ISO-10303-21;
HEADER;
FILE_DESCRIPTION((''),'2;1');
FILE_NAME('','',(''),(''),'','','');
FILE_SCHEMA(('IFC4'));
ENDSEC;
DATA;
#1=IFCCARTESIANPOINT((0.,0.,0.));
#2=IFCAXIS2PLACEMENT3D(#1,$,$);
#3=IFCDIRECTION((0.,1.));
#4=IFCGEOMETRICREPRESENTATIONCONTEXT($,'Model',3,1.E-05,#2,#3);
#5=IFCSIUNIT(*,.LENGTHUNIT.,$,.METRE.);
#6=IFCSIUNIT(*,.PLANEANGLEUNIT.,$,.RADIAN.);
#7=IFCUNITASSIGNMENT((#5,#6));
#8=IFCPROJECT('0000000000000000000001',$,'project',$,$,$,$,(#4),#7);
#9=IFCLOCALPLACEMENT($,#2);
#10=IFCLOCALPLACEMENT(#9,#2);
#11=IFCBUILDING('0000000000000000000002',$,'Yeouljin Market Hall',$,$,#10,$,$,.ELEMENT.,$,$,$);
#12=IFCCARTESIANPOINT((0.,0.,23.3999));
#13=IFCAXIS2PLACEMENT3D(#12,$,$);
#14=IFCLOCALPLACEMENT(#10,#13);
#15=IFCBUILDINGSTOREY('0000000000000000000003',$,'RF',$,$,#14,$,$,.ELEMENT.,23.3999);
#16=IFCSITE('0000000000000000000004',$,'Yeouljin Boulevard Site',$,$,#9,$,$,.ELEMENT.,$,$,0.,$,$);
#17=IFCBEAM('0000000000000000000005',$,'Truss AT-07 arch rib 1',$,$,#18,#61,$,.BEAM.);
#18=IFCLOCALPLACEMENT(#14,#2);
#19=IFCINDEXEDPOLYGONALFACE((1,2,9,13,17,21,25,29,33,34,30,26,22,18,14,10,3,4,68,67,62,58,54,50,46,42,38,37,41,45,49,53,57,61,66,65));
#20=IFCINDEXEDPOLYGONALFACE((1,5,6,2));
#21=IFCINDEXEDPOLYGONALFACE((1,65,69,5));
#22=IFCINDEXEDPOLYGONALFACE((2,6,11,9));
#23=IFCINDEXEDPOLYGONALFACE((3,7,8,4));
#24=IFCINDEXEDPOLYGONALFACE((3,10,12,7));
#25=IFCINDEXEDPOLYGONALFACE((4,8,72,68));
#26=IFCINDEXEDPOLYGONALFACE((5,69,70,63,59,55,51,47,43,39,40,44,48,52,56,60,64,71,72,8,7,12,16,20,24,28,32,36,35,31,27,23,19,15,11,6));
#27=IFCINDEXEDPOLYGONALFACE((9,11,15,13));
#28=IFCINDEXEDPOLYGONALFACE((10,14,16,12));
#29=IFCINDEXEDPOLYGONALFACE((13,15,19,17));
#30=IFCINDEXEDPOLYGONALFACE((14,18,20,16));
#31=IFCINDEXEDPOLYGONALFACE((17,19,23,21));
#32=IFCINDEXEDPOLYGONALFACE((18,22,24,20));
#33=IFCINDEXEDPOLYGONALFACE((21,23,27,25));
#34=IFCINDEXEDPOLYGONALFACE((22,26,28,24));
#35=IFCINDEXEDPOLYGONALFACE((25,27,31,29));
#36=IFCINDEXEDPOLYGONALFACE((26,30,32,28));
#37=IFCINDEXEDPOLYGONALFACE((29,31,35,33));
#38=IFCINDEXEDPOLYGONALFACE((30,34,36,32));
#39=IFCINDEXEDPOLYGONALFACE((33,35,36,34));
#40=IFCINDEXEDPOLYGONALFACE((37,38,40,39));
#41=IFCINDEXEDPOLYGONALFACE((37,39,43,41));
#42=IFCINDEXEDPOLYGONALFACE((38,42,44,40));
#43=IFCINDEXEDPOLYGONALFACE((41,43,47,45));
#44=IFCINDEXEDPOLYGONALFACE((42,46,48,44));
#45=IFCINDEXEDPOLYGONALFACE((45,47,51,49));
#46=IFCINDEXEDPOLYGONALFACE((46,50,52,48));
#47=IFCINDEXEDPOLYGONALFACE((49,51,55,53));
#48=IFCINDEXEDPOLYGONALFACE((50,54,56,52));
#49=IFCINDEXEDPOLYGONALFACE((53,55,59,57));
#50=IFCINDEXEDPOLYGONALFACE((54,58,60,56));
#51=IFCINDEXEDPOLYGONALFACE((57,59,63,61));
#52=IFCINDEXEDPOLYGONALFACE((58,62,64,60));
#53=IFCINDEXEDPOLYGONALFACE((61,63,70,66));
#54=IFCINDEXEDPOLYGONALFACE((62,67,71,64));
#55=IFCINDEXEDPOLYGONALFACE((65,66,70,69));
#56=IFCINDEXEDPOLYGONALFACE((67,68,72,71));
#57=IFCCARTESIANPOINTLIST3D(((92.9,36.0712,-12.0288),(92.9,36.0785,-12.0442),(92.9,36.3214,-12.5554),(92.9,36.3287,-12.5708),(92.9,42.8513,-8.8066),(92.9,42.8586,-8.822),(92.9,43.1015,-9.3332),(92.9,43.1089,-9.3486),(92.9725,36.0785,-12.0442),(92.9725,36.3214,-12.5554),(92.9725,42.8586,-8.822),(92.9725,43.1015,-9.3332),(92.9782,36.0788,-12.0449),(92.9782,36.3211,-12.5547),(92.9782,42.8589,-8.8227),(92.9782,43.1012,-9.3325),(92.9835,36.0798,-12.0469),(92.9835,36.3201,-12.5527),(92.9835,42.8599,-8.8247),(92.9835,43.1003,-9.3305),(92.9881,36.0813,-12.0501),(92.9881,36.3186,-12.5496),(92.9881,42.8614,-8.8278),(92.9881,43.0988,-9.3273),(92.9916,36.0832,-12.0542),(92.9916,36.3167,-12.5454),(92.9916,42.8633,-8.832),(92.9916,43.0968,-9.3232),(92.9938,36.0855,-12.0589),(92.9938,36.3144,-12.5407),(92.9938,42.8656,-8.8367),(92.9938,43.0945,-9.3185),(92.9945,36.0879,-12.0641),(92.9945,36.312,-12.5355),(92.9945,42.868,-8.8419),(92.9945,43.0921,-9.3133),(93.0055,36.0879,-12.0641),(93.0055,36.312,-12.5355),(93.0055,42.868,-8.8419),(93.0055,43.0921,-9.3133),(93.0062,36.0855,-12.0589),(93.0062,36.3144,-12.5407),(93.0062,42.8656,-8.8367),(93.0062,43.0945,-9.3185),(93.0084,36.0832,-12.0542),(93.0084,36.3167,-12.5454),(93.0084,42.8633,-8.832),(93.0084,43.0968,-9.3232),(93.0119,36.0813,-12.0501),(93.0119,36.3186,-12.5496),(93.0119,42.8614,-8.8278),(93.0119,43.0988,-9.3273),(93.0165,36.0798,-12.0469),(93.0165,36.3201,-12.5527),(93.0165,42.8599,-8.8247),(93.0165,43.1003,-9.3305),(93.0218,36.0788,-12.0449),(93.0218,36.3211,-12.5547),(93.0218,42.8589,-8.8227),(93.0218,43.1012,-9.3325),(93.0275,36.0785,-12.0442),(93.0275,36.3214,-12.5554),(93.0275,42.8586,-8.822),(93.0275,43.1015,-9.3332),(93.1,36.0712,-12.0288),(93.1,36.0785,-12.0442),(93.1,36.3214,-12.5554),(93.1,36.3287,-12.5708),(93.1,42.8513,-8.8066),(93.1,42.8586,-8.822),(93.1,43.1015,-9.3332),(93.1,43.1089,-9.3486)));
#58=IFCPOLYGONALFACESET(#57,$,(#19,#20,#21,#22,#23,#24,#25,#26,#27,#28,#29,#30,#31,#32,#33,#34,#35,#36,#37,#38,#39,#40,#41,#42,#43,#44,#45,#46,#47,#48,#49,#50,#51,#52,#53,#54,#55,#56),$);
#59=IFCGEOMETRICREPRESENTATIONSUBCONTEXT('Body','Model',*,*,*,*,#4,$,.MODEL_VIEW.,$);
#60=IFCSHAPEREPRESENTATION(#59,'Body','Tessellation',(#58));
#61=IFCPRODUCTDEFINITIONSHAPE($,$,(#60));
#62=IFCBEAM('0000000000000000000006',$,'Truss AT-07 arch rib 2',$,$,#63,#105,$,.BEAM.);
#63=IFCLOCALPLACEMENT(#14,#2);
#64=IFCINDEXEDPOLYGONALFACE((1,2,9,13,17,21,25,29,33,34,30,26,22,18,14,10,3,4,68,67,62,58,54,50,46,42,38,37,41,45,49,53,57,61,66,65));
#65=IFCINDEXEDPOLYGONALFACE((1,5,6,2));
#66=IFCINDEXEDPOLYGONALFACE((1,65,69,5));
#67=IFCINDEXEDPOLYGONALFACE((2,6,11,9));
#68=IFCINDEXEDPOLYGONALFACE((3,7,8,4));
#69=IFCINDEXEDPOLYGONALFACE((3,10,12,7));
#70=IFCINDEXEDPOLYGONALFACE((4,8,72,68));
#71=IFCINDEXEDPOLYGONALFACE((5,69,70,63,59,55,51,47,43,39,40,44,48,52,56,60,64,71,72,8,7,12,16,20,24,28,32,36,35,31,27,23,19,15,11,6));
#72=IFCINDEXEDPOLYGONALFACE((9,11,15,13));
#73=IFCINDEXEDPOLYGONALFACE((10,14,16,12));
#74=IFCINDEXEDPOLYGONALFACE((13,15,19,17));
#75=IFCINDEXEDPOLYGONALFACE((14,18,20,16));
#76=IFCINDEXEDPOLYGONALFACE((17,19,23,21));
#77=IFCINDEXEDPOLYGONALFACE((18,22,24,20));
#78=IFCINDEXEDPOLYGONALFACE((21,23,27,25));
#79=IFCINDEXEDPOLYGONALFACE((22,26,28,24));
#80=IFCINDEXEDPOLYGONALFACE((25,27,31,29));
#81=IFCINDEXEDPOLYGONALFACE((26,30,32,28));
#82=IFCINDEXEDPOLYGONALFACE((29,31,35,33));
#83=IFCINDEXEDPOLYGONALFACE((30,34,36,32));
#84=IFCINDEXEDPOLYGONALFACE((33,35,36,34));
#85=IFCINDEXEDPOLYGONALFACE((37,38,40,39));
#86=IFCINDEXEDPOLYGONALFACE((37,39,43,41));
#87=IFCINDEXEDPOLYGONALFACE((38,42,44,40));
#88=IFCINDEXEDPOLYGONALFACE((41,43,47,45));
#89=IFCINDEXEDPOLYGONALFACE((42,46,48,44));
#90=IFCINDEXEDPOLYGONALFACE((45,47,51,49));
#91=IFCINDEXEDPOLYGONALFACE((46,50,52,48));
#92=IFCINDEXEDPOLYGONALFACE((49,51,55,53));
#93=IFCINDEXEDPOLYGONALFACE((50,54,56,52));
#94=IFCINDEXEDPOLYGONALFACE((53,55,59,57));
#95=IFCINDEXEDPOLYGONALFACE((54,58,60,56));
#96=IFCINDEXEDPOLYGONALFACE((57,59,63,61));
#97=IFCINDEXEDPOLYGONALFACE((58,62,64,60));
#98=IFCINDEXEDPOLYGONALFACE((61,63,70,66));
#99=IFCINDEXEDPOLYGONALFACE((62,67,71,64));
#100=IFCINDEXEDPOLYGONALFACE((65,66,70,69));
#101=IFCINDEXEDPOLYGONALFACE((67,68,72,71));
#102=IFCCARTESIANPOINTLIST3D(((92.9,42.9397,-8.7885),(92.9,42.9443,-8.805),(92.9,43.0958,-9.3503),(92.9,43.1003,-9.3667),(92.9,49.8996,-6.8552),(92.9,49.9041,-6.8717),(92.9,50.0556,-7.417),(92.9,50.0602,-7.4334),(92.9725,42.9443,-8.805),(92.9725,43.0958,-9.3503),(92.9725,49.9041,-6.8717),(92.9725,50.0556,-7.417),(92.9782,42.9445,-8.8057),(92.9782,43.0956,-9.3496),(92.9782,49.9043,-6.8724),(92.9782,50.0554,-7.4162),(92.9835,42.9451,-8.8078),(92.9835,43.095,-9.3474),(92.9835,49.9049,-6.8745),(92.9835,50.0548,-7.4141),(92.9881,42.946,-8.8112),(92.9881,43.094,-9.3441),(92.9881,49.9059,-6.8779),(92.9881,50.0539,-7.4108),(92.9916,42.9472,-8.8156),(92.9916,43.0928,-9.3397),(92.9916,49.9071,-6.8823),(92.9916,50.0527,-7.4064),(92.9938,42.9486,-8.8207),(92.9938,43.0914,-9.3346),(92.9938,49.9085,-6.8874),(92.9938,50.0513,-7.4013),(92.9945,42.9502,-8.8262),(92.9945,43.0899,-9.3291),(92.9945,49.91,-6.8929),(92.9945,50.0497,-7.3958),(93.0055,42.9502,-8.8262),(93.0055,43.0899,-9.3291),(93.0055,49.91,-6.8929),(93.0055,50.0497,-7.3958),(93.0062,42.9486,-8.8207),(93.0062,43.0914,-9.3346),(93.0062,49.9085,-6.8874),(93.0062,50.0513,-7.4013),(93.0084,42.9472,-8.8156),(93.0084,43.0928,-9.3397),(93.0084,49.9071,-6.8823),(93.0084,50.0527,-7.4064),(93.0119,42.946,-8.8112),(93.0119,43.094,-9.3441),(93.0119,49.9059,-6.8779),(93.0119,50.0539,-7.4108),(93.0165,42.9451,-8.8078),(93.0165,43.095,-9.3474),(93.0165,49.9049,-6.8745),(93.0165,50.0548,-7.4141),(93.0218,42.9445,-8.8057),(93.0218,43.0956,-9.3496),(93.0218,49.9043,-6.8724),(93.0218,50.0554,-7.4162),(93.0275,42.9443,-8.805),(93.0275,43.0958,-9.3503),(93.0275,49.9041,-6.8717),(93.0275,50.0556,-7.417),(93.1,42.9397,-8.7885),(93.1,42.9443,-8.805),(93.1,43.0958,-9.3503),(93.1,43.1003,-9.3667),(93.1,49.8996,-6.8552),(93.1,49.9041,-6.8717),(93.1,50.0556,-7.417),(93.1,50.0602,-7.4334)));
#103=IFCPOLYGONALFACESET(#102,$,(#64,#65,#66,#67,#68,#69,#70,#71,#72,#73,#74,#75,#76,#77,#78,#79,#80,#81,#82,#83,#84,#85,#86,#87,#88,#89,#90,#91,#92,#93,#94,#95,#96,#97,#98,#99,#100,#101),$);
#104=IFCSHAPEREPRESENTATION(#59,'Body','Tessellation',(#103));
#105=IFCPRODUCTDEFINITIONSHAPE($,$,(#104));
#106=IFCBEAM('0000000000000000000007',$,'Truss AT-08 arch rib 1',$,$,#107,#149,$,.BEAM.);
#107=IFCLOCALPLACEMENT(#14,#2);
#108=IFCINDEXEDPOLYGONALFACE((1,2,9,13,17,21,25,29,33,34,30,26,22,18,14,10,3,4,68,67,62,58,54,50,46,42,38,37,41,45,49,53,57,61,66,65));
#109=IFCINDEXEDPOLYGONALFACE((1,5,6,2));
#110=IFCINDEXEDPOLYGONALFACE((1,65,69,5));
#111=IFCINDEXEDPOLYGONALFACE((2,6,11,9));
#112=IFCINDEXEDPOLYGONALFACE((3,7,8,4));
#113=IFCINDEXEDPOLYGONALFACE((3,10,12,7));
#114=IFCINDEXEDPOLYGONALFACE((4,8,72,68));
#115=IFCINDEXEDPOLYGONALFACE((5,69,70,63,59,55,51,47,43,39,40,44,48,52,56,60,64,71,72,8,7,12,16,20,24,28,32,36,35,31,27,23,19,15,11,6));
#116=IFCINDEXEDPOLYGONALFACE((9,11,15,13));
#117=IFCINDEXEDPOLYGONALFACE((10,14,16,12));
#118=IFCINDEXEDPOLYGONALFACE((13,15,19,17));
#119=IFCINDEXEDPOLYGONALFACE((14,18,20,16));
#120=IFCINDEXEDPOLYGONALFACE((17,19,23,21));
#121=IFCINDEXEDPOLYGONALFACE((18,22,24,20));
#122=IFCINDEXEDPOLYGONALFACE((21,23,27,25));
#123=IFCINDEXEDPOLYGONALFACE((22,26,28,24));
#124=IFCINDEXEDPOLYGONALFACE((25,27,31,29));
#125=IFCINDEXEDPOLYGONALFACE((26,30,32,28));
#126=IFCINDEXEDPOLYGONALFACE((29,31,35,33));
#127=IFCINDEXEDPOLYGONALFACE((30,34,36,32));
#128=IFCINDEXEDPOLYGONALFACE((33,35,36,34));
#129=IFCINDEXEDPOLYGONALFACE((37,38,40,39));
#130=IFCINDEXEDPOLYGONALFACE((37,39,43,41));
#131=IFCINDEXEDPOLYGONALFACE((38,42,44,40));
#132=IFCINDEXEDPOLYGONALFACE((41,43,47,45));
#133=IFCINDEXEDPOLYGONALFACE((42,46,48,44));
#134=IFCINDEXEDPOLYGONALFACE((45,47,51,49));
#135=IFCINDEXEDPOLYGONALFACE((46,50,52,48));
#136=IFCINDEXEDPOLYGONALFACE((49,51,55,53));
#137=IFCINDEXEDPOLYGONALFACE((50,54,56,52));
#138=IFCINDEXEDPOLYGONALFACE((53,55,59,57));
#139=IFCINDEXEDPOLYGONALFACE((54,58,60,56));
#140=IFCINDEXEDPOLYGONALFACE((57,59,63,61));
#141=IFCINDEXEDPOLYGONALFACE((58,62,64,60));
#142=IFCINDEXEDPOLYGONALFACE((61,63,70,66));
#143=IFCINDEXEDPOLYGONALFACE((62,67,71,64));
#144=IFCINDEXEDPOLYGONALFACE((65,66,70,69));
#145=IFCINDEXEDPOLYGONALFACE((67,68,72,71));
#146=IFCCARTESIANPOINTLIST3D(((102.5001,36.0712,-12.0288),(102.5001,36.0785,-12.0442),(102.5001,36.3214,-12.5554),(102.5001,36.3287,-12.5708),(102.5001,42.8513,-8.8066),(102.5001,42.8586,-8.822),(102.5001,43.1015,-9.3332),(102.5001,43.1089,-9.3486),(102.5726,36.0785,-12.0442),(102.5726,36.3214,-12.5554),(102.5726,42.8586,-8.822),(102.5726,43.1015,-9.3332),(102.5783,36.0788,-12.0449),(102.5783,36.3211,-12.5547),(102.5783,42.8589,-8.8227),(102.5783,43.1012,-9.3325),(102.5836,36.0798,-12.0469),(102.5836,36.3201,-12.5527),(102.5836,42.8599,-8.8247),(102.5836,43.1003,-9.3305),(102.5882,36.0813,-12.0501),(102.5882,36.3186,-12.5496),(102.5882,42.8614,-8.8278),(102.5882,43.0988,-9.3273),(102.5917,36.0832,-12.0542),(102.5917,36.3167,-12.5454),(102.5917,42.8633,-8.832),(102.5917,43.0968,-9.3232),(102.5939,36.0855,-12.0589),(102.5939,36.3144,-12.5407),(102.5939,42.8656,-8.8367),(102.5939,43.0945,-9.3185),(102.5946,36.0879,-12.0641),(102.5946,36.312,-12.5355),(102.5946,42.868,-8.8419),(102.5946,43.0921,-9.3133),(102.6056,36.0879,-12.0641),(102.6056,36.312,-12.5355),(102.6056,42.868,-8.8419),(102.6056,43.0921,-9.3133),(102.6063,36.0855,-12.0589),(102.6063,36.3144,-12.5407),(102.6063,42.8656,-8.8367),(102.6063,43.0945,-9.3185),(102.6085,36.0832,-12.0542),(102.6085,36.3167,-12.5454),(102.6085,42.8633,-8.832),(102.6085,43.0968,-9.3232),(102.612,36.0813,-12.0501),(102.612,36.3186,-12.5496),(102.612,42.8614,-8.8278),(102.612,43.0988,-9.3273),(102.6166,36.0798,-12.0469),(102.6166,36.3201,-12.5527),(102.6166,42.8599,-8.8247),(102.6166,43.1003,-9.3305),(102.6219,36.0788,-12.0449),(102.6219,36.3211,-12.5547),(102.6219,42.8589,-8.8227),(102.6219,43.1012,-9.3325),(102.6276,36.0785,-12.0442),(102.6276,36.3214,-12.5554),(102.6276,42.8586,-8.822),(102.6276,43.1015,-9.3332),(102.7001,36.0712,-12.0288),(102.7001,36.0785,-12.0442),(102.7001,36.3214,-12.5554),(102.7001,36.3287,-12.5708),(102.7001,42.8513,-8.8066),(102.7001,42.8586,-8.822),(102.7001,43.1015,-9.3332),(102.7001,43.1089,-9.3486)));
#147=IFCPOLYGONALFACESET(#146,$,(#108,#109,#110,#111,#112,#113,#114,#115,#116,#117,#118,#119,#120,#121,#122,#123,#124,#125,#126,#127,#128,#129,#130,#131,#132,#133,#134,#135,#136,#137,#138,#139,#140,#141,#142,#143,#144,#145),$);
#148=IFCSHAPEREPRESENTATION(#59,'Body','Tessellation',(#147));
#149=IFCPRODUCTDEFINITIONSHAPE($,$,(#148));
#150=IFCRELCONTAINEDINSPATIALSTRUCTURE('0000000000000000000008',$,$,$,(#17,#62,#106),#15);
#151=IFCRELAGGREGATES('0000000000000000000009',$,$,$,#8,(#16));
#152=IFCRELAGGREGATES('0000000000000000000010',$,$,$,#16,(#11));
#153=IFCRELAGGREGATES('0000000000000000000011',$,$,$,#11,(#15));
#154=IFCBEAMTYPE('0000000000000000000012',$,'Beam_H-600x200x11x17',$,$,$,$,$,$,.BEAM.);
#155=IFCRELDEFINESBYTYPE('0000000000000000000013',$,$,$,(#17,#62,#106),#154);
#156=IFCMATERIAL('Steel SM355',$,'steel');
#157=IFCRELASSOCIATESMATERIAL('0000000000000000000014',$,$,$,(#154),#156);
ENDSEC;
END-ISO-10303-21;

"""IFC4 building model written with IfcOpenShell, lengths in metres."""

from ifc_helpers import new_model, si_unit, direction, frame, origin, origin_2d, place, context, subcontext, project, spatial, i_section, extrude, material, material_profile, profile_set, type_object, element, save


model = new_model("IFC4")

# Units and contexts
model_context = context("Model", 3, precision=1e-05, world=origin(), true_north=direction((0.0, 1.0)))
body_context = subcontext(model_context, "Body", "Model", "MODEL_VIEW")
ifc_project = project(units=[si_unit("LENGTHUNIT", "METRE"), si_unit("PLANEANGLEUNIT", "RADIAN")], contexts=[model_context])

# Site, building, storey
site_placement = place(None, origin())
site = spatial("IfcSite", under=ifc_project, at=site_placement, Name="Yeouljin Boulevard Site", CompositionType="ELEMENT", RefElevation=0.0)
building_placement = place(site_placement, origin())
building = spatial("IfcBuilding", under=site, at=building_placement, Name="Yeouljin Market Hall", CompositionType="ELEMENT")
storey_placement = place(building_placement, frame((0.0, 0.0, 23.3999)))
storey = spatial("IfcBuildingStorey", under=building, at=storey_placement, Name="RF", CompositionType="ELEMENT", Elevation=23.3999)

# Beams
ifc_material_1 = material(Name="Steel SM355", Category="steel")
ifc_material_profile_1 = material_profile(ifc_material_1, i_section(OverallWidth=0.2, OverallDepth=0.6001, WebThickness=0.011, FlangeThickness=0.0171, FilletRadius=0.022, at=origin_2d()), Name="H-600x200x11x17")
ifc_profile_set_1 = profile_set([ifc_material_profile_1], Name="Steel SM355")
beam_type_1 = type_object("IfcBeamType", Name="Beam_H-600x200x11x17", PredefinedType="BEAM", material=ifc_profile_set_1)
beam_1_placement = place(storey_placement, frame((93.0, 36.2, -12.2998), z_axis=(0.0, 0.903192, 0.429237), x_axis=(-1.0, 0.0, 0.0)))
element("IfcBeam", 1, at=beam_1_placement, inside=storey, type_object=beam_type_1, Name="Truss AT-07 arch rib 1", PredefinedType="BEAM", context=body_context, shape_type="SweptSolid", body=[
    extrude(i_section(OverallWidth=0.2, OverallDepth=0.6001, WebThickness=0.011, FlangeThickness=0.0171, FilletRadius=0.022, at=origin_2d()), origin(), (0.0, 0.0, 1.0), 7.5068),
])
beam_2_placement = place(storey_placement, frame((93.0, 43.02, -9.0776), z_axis=(0.0, 0.963517, 0.267647), x_axis=(-1.0, 0.0, 0.0)))
element("IfcBeam", 2, at=beam_2_placement, inside=storey, type_object=beam_type_1, Name="Truss AT-07 arch rib 2", PredefinedType="BEAM", context=body_context, shape_type="SweptSolid", body=[
    extrude(i_section(OverallWidth=0.2, OverallDepth=0.6001, WebThickness=0.011, FlangeThickness=0.0171, FilletRadius=0.022, at=origin_2d()), origin(), (0.0, 0.0, 1.0), 7.2234),
])
beam_3_placement = place(storey_placement, frame((102.6001, 36.2, -12.2998), z_axis=(0.0, 0.903192, 0.429237), x_axis=(-1.0, 0.0, 0.0)))
element("IfcBeam", 3, at=beam_3_placement, inside=storey, type_object=beam_type_1, Name="Truss AT-08 arch rib 1", PredefinedType="BEAM", context=body_context, shape_type="SweptSolid", body=[
    extrude(i_section(OverallWidth=0.2, OverallDepth=0.6001, WebThickness=0.011, FlangeThickness=0.0171, FilletRadius=0.022, at=origin_2d()), origin(), (0.0, 0.0, 1.0), 7.5068),
])

save(model, "model.ifc")
